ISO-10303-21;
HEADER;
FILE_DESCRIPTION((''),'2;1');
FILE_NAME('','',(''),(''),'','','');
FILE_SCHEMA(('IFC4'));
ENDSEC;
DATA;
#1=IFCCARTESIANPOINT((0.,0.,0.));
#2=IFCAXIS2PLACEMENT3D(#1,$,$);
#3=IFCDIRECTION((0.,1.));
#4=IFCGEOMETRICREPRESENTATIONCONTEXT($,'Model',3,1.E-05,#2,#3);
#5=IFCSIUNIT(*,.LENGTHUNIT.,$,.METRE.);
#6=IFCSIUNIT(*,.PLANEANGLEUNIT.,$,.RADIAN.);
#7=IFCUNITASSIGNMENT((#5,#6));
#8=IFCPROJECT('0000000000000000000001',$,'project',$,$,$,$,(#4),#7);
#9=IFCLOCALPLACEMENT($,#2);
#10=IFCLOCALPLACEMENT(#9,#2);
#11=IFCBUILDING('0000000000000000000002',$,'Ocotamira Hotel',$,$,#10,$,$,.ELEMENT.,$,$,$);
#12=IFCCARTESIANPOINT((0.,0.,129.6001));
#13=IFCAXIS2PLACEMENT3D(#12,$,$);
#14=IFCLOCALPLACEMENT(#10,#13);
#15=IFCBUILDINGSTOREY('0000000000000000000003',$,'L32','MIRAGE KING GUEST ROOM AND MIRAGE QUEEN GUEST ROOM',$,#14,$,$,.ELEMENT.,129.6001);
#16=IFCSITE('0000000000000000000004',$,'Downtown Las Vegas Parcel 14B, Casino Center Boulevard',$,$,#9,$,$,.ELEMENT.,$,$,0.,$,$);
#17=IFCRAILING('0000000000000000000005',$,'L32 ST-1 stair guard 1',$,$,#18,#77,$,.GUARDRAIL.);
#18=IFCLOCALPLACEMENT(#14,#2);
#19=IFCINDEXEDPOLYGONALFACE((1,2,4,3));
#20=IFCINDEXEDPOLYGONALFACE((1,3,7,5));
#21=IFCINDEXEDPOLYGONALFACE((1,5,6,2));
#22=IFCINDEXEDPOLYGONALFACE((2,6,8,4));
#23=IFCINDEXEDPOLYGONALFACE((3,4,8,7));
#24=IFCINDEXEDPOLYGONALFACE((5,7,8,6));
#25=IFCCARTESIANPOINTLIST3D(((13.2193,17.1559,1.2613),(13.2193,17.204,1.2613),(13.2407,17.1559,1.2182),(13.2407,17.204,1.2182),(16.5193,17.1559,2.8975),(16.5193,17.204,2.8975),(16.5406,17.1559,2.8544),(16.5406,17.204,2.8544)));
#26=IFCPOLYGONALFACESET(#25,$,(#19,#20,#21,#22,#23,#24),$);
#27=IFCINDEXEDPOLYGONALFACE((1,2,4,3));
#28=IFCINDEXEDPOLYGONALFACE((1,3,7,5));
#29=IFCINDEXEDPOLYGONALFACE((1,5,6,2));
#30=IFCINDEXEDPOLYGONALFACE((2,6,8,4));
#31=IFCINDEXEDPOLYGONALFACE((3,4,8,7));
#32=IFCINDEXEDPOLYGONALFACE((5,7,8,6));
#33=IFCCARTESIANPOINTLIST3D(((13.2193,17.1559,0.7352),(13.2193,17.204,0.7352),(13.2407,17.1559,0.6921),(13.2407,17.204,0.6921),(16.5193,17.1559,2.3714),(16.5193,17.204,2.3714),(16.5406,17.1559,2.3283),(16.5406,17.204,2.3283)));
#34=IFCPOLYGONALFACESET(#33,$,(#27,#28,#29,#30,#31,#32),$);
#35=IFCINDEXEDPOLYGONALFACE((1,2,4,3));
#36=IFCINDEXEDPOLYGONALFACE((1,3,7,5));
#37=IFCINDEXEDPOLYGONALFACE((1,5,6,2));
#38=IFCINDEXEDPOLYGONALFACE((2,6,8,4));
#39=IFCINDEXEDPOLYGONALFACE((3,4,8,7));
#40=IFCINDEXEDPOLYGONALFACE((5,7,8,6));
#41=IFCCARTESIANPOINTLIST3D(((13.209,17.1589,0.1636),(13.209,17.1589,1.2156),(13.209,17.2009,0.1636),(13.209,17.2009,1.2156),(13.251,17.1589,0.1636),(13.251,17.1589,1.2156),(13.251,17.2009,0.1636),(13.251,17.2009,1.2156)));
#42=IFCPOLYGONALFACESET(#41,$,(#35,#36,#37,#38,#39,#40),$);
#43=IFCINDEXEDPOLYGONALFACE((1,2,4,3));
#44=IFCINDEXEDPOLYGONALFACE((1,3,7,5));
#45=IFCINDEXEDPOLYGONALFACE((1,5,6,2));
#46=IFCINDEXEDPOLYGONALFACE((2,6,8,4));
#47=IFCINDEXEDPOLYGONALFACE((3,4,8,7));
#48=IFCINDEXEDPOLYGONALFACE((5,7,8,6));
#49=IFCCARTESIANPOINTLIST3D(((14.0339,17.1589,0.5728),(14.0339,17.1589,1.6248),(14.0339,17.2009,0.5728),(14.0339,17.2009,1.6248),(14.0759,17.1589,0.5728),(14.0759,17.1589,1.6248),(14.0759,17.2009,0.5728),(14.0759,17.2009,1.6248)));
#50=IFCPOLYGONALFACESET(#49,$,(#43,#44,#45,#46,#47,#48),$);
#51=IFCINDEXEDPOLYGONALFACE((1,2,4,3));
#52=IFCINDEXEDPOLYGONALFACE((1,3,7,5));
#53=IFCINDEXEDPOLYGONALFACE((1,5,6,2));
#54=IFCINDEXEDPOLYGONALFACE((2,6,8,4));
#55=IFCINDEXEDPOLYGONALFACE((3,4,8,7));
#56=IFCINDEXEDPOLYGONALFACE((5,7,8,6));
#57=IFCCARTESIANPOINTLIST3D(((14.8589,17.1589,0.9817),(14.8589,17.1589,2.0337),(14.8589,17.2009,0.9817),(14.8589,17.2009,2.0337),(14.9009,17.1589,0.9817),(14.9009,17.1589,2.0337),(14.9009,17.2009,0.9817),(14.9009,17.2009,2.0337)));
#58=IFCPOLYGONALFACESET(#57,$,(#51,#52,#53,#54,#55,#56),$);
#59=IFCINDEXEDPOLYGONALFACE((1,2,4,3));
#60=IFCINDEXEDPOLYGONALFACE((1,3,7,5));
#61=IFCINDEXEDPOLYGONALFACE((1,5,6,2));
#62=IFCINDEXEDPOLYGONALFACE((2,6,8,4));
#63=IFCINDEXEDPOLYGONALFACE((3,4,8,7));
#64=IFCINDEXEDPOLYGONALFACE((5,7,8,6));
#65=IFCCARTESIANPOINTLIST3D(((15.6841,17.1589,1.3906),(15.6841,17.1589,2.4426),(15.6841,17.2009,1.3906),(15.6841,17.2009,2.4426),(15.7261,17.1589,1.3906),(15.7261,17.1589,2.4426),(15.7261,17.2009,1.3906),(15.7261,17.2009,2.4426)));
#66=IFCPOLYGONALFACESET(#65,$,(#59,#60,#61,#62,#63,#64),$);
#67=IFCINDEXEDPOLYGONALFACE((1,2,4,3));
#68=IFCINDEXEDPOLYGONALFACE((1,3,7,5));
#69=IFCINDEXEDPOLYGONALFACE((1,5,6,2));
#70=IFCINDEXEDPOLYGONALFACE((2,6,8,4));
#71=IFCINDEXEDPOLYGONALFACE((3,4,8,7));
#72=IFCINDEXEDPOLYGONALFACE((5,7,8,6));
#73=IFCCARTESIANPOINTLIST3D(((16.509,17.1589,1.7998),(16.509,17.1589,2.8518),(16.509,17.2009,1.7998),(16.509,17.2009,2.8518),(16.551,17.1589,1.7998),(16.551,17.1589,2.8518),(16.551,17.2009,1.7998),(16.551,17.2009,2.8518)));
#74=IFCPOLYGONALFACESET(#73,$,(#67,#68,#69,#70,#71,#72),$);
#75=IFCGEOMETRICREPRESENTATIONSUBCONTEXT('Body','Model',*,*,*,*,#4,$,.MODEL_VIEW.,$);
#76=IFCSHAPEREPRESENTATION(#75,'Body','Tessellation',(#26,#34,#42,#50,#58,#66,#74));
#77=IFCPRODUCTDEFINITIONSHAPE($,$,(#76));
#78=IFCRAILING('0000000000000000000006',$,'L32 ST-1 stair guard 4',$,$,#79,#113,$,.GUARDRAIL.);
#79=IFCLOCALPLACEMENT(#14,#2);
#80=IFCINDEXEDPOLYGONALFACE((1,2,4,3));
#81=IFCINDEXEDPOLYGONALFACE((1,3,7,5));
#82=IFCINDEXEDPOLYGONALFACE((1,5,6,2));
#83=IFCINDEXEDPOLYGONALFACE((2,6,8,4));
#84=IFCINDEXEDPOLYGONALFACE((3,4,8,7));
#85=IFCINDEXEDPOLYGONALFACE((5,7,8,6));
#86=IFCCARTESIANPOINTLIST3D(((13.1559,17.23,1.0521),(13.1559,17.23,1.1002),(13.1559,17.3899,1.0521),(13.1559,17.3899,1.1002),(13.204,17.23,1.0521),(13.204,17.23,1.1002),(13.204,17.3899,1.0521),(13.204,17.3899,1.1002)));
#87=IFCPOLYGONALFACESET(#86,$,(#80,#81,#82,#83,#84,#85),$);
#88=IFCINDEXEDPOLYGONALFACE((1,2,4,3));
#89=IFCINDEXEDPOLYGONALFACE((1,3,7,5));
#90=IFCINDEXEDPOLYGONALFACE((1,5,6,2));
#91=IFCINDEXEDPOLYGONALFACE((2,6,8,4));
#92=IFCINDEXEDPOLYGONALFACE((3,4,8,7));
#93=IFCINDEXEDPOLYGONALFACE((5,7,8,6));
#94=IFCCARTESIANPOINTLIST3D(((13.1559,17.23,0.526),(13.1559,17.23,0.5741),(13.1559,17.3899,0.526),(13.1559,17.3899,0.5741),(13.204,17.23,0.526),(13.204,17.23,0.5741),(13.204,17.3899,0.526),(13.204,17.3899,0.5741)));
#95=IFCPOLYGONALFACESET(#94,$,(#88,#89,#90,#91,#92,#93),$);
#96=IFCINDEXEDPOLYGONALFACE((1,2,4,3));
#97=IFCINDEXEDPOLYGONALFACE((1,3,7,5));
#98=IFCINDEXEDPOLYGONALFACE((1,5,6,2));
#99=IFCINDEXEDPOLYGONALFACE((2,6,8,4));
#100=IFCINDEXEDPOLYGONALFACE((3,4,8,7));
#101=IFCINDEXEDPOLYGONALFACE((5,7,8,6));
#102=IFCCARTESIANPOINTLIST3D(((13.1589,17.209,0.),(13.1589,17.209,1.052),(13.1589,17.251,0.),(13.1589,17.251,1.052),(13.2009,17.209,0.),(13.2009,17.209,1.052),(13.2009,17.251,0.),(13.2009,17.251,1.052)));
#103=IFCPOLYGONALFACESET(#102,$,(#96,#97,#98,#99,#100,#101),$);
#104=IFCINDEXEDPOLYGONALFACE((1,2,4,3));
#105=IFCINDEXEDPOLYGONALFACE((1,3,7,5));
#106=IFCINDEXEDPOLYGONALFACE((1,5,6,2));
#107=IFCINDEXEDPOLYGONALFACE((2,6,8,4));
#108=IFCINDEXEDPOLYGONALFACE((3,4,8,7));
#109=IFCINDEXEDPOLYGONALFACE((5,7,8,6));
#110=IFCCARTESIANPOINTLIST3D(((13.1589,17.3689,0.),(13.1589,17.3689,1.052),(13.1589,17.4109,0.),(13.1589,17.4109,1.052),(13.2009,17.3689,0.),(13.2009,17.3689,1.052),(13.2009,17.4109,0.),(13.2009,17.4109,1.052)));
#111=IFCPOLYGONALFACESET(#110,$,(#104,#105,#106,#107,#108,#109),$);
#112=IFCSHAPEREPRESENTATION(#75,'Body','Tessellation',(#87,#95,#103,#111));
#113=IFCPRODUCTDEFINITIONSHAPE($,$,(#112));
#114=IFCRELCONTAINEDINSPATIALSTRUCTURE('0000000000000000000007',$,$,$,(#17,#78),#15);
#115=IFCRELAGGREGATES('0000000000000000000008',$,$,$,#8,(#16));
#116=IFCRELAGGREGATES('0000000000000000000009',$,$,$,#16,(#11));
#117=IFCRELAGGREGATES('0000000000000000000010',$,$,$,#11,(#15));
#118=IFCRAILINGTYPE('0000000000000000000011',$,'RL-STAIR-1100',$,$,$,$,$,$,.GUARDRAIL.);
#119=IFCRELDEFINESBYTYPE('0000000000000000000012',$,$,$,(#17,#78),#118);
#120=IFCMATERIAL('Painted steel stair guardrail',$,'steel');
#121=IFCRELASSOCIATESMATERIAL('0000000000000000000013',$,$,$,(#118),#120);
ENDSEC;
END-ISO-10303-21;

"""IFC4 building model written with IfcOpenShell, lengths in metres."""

from ifc_helpers import new_model, si_unit, direction, frame, origin, origin_2d, place, context, subcontext, project, spatial, rectangle, extrude, material, type_object, element, save


model = new_model("IFC4")

# Units and contexts
model_context = context("Model", 3, precision=1e-05, world=origin(), true_north=direction((0.0, 1.0)))
body_context = subcontext(model_context, "Body", "Model", "MODEL_VIEW")
ifc_project = project(units=[si_unit("LENGTHUNIT", "METRE"), si_unit("PLANEANGLEUNIT", "RADIAN")], contexts=[model_context])

# Site, building, storey
site_placement = place(None, origin())
site = spatial("IfcSite", under=ifc_project, at=site_placement, Name="Downtown Las Vegas Parcel 14B, Casino Center Boulevard", CompositionType="ELEMENT", RefElevation=0.0)
building_placement = place(site_placement, origin())
building = spatial("IfcBuilding", under=site, at=building_placement, Name="Ocotamira Hotel", CompositionType="ELEMENT")
storey_placement = place(building_placement, frame((0.0, 0.0, 129.6001)))
storey = spatial("IfcBuildingStorey", under=building, at=storey_placement, Name="L32", Description="MIRAGE KING GUEST ROOM AND MIRAGE QUEEN GUEST ROOM", CompositionType="ELEMENT", Elevation=129.6001)

# Railings
ifc_material_1 = material(Name="Painted steel stair guardrail", Category="steel")
railing_type_1 = type_object("IfcRailingType", Name="RL-STAIR-1100", PredefinedType="GUARDRAIL", material=ifc_material_1)
railing_1_placement = place(storey_placement, frame((13.23, 17.1799, 0.1636)))
element("IfcRailing", 1, at=railing_1_placement, inside=storey, type_object=railing_type_1, Name="L32 ST-1 stair guard 1", PredefinedType="GUARDRAIL", context=body_context, shape_type="SweptSolid", body=[
    extrude(rectangle(XDim=0.0481, YDim=0.0481, at=origin_2d()), frame((0.0, 0.0, 1.0762), z_axis=(0.89592, 0.0, 0.444215), x_axis=(0.0, 1.0, 0.0)), (0.0, 0.0, 1.0), 3.6833),
    extrude(rectangle(XDim=0.0481, YDim=0.0481, at=origin_2d()), frame((0.0, 0.0, 0.55), z_axis=(0.89592, 0.0, 0.444215), x_axis=(0.0, 1.0, 0.0)), (0.0, 0.0, 1.0), 3.6833),
    extrude(rectangle(XDim=0.042, YDim=0.042, at=origin_2d()), origin(), (0.0, 0.0, 1.0), 1.052),
    extrude(rectangle(XDim=0.042, YDim=0.042, at=origin_2d()), frame((0.825, 0.0, 0.4092)), (0.0, 0.0, 1.0), 1.052),
    extrude(rectangle(XDim=0.042, YDim=0.042, at=origin_2d()), frame((1.6499, 0.0, 0.8181)), (0.0, 0.0, 1.0), 1.052),
    extrude(rectangle(XDim=0.042, YDim=0.042, at=origin_2d()), frame((2.4751, 0.0, 1.2271)), (0.0, 0.0, 1.0), 1.052),
    extrude(rectangle(XDim=0.042, YDim=0.042, at=origin_2d()), frame((3.3, 0.0, 1.6362)), (0.0, 0.0, 1.0), 1.052),
])
railing_2_placement = place(storey_placement, frame((13.1799, 17.23, 0.0)))
element("IfcRailing", 2, at=railing_2_placement, inside=storey, type_object=railing_type_1, Name="L32 ST-1 stair guard 4", PredefinedType="GUARDRAIL", context=body_context, shape_type="SweptSolid", body=[
    extrude(rectangle(XDim=0.0481, YDim=0.0481, at=origin_2d()), frame((0.0, 0.0, 1.0762), z_axis=(0.0, 1.0, 0.0), x_axis=(-1.0, 0.0, 0.0)), (0.0, 0.0, 1.0), 0.1599),
    extrude(rectangle(XDim=0.0481, YDim=0.0481, at=origin_2d()), frame((0.0, 0.0, 0.55), z_axis=(0.0, 1.0, 0.0), x_axis=(-1.0, 0.0, 0.0)), (0.0, 0.0, 1.0), 0.1599),
    extrude(rectangle(XDim=0.042, YDim=0.042, at=origin_2d()), origin(), (0.0, 0.0, 1.0), 1.052),
    extrude(rectangle(XDim=0.042, YDim=0.042, at=origin_2d()), frame((0.0, 0.1599, 0.0)), (0.0, 0.0, 1.0), 1.052),
])

save(model, "model.ifc")
